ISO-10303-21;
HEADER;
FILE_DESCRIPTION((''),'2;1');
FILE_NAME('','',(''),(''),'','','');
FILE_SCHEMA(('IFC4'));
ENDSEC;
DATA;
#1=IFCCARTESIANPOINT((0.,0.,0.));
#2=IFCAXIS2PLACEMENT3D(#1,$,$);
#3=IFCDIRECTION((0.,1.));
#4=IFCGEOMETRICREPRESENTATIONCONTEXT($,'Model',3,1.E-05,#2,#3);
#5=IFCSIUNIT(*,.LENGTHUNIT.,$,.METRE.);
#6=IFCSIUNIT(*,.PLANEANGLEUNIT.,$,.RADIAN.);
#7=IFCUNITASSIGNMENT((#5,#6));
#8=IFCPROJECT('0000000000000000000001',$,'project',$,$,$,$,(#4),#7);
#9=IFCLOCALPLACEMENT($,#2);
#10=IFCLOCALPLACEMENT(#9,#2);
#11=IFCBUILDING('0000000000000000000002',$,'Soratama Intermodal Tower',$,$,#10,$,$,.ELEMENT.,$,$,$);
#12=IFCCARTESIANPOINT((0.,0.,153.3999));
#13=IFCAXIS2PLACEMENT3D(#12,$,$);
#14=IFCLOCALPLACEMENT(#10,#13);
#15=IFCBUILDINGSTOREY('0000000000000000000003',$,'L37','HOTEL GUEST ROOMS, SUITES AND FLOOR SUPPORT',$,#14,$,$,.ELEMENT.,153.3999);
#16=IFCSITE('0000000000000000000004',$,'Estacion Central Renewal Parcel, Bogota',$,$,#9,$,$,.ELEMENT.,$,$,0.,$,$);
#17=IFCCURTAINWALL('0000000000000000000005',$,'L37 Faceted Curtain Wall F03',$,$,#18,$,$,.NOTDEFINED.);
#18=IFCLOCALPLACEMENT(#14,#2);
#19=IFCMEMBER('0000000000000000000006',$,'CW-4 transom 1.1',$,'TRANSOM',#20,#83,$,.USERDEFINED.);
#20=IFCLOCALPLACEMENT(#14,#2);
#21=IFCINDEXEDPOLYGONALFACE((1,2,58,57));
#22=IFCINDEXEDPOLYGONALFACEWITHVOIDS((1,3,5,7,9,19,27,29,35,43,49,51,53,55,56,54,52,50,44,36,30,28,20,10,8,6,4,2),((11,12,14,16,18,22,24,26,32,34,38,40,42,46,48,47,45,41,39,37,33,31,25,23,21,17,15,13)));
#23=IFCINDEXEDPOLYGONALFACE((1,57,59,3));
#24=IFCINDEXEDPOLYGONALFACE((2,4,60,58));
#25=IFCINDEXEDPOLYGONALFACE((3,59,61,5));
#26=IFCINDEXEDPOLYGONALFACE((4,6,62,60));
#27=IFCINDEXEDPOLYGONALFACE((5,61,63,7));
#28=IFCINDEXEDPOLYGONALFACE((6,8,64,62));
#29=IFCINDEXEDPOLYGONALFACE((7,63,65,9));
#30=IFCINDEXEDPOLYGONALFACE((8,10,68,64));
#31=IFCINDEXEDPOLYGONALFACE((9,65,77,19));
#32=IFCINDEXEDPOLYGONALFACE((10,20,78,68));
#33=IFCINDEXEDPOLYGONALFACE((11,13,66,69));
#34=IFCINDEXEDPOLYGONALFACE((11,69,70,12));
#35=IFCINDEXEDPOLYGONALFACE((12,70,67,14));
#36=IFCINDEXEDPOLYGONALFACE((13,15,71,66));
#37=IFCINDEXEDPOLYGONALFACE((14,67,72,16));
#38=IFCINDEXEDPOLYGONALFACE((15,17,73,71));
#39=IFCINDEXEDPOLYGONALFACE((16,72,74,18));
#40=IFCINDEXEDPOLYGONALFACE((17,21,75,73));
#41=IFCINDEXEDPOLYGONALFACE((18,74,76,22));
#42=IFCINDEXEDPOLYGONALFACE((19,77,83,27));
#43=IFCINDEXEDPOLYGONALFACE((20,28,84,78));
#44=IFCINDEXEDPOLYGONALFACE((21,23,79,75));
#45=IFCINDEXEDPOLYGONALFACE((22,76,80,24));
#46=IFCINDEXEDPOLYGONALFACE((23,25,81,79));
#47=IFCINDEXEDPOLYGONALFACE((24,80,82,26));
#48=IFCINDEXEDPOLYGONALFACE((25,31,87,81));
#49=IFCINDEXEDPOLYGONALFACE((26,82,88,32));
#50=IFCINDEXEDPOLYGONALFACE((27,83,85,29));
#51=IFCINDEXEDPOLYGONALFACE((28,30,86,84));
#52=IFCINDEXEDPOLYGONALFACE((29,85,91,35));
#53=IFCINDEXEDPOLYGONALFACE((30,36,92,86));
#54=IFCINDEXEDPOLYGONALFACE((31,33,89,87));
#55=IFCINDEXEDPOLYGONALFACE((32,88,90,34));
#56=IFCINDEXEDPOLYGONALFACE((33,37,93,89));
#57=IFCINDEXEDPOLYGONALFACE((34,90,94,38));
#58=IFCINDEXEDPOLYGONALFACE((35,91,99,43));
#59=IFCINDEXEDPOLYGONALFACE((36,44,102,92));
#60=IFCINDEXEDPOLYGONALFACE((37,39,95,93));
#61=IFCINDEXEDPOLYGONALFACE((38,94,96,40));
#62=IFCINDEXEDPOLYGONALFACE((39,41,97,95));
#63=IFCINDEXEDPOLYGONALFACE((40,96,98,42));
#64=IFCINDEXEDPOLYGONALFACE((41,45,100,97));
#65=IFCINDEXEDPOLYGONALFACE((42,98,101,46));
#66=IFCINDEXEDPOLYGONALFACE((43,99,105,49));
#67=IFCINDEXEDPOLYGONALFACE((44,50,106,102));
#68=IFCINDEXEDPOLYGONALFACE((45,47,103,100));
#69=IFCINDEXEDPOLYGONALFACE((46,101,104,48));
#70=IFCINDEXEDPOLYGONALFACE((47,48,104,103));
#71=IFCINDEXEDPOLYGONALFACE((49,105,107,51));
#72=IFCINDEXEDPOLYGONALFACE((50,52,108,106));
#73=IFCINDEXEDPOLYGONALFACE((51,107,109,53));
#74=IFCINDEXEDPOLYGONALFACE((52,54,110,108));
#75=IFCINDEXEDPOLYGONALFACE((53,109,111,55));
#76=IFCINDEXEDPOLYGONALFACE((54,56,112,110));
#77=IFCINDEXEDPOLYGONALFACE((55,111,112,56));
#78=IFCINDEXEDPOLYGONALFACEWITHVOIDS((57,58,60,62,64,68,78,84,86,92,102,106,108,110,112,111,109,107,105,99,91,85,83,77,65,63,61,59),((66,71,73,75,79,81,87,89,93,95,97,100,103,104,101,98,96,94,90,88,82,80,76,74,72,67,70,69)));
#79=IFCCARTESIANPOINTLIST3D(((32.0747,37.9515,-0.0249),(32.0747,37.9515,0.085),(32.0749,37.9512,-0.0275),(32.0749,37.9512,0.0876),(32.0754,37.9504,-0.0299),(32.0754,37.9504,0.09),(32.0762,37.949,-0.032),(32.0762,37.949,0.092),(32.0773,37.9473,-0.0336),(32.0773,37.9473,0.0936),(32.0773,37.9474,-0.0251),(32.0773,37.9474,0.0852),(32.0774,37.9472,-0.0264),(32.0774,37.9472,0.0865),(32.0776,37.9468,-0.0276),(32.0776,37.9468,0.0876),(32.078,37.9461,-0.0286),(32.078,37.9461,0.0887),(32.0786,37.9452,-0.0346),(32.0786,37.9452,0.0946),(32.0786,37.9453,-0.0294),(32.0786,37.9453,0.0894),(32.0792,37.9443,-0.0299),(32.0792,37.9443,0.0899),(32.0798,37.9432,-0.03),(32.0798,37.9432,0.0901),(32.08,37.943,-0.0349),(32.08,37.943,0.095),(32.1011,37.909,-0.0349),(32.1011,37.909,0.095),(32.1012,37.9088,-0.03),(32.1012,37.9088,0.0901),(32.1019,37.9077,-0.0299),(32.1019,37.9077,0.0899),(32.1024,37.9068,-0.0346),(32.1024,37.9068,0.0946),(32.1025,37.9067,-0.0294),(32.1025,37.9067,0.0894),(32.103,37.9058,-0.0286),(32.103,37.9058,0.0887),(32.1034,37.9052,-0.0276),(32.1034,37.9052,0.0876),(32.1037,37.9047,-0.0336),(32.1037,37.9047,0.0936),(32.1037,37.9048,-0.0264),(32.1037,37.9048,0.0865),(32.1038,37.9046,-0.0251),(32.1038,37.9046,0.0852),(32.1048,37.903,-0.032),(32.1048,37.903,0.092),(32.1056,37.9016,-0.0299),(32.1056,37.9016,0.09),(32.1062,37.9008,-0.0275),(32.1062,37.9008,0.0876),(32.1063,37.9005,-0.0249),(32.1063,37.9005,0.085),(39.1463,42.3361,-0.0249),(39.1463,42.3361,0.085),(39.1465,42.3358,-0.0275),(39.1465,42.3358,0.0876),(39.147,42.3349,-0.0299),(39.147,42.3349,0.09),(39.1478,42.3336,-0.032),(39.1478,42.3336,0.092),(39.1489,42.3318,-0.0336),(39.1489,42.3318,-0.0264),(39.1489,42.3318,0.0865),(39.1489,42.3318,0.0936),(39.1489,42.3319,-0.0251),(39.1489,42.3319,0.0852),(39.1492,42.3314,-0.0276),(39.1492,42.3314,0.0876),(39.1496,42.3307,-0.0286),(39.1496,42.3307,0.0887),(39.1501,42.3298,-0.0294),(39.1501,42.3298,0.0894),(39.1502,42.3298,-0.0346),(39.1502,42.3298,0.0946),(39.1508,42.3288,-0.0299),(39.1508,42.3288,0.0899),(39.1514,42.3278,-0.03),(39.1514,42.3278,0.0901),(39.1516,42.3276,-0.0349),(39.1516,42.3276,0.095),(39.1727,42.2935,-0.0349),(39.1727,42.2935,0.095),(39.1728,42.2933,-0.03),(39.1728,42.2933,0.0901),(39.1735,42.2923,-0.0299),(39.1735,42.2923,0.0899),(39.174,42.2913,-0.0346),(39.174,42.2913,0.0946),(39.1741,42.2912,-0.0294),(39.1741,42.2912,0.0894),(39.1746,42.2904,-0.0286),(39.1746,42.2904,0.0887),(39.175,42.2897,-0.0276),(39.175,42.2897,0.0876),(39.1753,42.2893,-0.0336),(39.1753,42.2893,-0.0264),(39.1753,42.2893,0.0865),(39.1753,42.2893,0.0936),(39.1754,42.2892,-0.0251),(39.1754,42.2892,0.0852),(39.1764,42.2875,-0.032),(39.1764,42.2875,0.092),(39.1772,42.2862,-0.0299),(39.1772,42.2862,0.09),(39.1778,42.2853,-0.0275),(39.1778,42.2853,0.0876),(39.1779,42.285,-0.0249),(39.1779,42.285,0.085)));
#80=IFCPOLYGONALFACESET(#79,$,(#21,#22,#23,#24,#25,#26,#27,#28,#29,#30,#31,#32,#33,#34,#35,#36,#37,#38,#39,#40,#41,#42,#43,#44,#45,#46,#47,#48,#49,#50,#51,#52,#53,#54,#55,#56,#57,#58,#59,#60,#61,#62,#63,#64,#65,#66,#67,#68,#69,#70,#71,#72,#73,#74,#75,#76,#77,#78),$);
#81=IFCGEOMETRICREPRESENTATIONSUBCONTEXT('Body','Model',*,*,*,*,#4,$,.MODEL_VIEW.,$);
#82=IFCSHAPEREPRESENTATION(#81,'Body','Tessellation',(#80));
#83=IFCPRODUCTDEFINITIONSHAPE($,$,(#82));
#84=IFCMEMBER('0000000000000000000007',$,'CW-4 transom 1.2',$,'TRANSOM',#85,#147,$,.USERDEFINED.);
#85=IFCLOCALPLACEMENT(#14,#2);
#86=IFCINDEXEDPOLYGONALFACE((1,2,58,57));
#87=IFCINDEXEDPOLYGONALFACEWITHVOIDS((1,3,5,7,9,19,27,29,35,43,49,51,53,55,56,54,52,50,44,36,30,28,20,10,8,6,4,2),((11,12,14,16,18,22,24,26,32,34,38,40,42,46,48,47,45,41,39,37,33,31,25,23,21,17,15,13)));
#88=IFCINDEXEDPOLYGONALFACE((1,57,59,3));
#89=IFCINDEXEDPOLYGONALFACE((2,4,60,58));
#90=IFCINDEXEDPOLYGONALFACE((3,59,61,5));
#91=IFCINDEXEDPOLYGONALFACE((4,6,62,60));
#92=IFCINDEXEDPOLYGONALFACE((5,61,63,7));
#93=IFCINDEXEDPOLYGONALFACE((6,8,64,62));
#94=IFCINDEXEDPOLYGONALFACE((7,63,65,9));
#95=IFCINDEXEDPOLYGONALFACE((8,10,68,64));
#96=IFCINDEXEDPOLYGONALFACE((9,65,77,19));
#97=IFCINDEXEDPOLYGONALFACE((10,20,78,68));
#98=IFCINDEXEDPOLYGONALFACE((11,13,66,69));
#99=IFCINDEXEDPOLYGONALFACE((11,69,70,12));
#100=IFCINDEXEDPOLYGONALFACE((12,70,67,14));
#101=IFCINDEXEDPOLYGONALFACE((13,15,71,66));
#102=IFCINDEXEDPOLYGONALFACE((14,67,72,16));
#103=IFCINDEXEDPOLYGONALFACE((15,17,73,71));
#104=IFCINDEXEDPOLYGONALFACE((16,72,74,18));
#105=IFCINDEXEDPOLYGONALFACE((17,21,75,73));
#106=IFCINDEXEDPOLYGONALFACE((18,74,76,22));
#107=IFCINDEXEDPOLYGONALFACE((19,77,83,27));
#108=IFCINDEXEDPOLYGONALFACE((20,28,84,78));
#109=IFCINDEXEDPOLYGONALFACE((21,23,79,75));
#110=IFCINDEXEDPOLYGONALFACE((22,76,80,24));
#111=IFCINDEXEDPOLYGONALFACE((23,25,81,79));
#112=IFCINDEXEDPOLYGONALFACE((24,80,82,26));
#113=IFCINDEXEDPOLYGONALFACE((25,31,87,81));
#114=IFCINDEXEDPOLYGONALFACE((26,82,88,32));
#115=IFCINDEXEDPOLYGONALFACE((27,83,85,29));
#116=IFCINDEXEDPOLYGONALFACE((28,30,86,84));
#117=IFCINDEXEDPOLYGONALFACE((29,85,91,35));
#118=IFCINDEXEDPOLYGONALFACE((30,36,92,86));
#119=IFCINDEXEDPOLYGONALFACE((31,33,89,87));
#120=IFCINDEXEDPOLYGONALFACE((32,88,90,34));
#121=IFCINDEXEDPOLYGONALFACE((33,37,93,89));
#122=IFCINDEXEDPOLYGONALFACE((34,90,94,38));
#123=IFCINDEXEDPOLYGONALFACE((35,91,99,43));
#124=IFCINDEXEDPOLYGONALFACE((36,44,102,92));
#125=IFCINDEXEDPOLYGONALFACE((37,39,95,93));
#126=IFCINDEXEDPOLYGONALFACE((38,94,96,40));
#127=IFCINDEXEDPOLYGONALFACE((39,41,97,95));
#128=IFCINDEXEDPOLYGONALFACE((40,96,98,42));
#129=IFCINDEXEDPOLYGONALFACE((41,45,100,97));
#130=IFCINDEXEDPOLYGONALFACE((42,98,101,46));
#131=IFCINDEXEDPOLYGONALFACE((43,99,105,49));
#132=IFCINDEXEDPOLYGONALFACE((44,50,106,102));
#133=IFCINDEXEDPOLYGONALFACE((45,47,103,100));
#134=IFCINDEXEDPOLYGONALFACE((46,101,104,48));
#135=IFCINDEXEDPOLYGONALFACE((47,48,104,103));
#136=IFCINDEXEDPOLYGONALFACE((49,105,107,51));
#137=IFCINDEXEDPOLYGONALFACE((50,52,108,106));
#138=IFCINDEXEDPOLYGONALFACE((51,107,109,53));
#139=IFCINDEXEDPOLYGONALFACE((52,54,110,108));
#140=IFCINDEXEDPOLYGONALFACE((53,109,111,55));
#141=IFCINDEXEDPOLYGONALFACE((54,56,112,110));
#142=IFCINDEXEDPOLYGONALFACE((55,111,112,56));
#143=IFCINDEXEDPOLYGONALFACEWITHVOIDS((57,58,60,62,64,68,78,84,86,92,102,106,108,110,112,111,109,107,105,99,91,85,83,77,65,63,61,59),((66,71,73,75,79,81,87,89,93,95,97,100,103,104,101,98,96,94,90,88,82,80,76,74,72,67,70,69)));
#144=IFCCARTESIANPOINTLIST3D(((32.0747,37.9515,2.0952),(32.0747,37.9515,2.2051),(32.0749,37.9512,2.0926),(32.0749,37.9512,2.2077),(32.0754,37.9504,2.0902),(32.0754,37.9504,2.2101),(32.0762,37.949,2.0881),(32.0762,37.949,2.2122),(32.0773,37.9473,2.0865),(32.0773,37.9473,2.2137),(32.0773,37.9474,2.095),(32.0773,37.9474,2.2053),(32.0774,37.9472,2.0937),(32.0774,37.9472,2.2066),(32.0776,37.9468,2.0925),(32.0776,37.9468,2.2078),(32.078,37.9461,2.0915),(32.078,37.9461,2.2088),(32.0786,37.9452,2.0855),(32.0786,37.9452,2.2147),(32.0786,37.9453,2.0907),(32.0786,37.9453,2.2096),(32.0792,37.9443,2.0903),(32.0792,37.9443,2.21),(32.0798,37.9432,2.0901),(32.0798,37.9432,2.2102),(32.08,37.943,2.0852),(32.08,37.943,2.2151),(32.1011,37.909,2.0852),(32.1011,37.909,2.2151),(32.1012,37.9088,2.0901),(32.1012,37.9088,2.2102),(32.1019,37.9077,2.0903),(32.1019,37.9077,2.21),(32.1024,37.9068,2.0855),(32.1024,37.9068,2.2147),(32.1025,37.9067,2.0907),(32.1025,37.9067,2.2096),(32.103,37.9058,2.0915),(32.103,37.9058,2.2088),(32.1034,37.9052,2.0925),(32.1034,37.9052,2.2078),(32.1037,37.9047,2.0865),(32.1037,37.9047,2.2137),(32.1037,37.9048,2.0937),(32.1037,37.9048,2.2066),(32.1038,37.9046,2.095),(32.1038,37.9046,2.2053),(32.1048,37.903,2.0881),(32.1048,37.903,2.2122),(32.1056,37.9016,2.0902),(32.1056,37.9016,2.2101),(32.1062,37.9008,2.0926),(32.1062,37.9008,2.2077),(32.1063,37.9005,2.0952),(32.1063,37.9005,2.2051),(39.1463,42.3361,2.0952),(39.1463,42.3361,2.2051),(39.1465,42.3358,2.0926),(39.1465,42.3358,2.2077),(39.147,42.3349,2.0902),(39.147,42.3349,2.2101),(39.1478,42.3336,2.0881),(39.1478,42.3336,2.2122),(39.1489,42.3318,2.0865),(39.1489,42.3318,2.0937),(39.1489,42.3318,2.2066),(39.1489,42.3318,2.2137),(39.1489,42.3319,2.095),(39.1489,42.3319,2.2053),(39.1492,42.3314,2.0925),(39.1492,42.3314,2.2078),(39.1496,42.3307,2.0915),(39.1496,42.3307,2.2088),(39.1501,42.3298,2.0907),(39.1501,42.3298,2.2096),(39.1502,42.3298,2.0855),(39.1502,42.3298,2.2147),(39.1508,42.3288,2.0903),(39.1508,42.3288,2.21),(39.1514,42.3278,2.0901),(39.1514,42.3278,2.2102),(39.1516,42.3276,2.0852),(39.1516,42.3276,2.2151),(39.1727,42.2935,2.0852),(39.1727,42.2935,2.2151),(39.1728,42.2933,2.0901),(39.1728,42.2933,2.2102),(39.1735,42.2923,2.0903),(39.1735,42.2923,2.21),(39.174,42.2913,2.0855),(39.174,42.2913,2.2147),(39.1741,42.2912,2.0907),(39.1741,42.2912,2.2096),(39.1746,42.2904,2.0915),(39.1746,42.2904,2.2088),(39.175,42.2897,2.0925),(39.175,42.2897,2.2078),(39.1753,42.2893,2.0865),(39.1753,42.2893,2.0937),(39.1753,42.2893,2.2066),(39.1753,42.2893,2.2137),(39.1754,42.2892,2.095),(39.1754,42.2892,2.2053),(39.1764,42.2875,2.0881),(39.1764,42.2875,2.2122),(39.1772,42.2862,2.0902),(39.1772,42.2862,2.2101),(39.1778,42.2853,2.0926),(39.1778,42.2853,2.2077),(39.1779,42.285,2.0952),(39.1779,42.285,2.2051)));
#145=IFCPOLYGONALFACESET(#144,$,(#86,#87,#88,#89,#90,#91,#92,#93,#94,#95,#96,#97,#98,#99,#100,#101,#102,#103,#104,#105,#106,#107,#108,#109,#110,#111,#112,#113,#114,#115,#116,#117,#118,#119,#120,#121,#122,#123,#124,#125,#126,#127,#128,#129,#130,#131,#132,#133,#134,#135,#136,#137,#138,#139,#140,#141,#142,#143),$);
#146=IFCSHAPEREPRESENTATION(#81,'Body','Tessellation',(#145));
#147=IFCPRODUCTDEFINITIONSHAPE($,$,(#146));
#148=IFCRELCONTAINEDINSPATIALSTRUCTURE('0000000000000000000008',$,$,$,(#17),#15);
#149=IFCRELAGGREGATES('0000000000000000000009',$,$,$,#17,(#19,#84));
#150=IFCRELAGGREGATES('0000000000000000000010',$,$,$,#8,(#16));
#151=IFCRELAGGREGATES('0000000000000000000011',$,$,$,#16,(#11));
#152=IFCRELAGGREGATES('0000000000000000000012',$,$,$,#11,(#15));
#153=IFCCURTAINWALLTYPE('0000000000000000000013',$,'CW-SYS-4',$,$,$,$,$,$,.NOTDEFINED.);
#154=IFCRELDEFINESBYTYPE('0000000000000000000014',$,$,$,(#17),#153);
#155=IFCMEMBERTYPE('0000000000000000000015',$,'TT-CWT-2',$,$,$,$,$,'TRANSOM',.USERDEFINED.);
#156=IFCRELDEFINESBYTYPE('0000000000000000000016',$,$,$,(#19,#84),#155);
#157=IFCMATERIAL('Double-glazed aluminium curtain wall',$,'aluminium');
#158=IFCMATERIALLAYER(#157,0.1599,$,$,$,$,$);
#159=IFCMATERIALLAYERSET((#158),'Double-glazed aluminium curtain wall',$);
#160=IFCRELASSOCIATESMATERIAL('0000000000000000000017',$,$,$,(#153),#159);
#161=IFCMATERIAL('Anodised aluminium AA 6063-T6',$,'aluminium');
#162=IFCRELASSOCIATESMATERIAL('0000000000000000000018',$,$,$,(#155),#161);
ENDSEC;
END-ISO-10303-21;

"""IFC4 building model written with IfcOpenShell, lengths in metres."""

from ifc_helpers import new_model, si_unit, direction, frame, origin, origin_2d, place, context, subcontext, project, spatial, hollow_rectangle, extrude, material, layer, layer_set, material_profile, profile_set, type_object, element, aggregate, save


model = new_model("IFC4")

# Units and contexts
model_context = context("Model", 3, precision=1e-05, world=origin(), true_north=direction((0.0, 1.0)))
body_context = subcontext(model_context, "Body", "Model", "MODEL_VIEW")
ifc_project = project(units=[si_unit("LENGTHUNIT", "METRE"), si_unit("PLANEANGLEUNIT", "RADIAN")], contexts=[model_context])

# Site, building, storey
site_placement = place(None, origin())
site = spatial("IfcSite", under=ifc_project, at=site_placement, Name="Estacion Central Renewal Parcel, Bogota", CompositionType="ELEMENT", RefElevation=0.0)
building_placement = place(site_placement, origin())
building = spatial("IfcBuilding", under=site, at=building_placement, Name="Soratama Intermodal Tower", CompositionType="ELEMENT")
storey_placement = place(building_placement, frame((0.0, 0.0, 153.3999)))
storey = spatial("IfcBuildingStorey", under=building, at=storey_placement, Name="L37", Description="HOTEL GUEST ROOMS, SUITES AND FLOOR SUPPORT", CompositionType="ELEMENT", Elevation=153.3999)

# Curtain wall
ifc_material_1 = material(Name="Double-glazed aluminium curtain wall", Category="aluminium")
ifc_layer_1 = layer(ifc_material_1, 0.1599)
ifc_layer_set_1 = layer_set([ifc_layer_1], Name="Double-glazed aluminium curtain wall")
curtain_wall_type = type_object("IfcCurtainWallType", Name="CW-SYS-4", PredefinedType="NOTDEFINED", material=ifc_layer_set_1)
curtain_wall_1_placement = place(storey_placement, origin())
curtain_wall_1 = element("IfcCurtainWall", 1, at=curtain_wall_1_placement, inside=storey, type_object=curtain_wall_type, Name="L37 Faceted Curtain Wall F03", PredefinedType="NOTDEFINED")

# Members
ifc_material_2 = material(Name="Anodised aluminium AA 6063-T6", Category="aluminium")
ifc_material_profile_1 = material_profile(ifc_material_2, hollow_rectangle(XDim=0.0601, YDim=0.1299, WallThickness=0.0049, InnerFilletRadius=0.0049, OuterFilletRadius=0.01, at=origin_2d()), Name="CWT130X60X5")
ifc_profile_set_1 = profile_set([ifc_material_profile_1], Name="Anodised aluminium AA 6063-T6")
member_type_1 = type_object("IfcMemberType", Name="TT-CWT-2", ElementType="TRANSOM", PredefinedType="USERDEFINED", material=ifc_profile_set_1)
member_1_placement = place(storey_placement, frame((39.1621, 42.3105, 0.03), z_axis=(-0.849893, -0.526955, 0.0), x_axis=(0.526955, -0.849893, 0.0)))
member_1 = element("IfcMember", 2, at=member_1_placement, type_object=member_type_1, Name="CW-4 transom 1.1", ObjectType="TRANSOM", PredefinedType="USERDEFINED", context=body_context, shape_type="SweptSolid", body=[
    extrude(hollow_rectangle(XDim=0.0601, YDim=0.1299, WallThickness=0.0049, InnerFilletRadius=0.0049, OuterFilletRadius=0.01, at=origin_2d()), origin(), (0.0, 0.0, 1.0), 8.3206),
])
member_2_placement = place(storey_placement, frame((39.1621, 42.3105, 2.1501), z_axis=(-0.849893, -0.526955, 0.0), x_axis=(0.526955, -0.849893, 0.0)))
member_2 = element("IfcMember", 3, at=member_2_placement, type_object=member_type_1, Name="CW-4 transom 1.2", ObjectType="TRANSOM", PredefinedType="USERDEFINED", context=body_context, shape_type="SweptSolid", body=[
    extrude(hollow_rectangle(XDim=0.0601, YDim=0.1299, WallThickness=0.0049, InnerFilletRadius=0.0049, OuterFilletRadius=0.01, at=origin_2d()), origin(), (0.0, 0.0, 1.0), 8.3206),
])

aggregate(curtain_wall_1, [member_1, member_2])

save(model, "model.ifc")
